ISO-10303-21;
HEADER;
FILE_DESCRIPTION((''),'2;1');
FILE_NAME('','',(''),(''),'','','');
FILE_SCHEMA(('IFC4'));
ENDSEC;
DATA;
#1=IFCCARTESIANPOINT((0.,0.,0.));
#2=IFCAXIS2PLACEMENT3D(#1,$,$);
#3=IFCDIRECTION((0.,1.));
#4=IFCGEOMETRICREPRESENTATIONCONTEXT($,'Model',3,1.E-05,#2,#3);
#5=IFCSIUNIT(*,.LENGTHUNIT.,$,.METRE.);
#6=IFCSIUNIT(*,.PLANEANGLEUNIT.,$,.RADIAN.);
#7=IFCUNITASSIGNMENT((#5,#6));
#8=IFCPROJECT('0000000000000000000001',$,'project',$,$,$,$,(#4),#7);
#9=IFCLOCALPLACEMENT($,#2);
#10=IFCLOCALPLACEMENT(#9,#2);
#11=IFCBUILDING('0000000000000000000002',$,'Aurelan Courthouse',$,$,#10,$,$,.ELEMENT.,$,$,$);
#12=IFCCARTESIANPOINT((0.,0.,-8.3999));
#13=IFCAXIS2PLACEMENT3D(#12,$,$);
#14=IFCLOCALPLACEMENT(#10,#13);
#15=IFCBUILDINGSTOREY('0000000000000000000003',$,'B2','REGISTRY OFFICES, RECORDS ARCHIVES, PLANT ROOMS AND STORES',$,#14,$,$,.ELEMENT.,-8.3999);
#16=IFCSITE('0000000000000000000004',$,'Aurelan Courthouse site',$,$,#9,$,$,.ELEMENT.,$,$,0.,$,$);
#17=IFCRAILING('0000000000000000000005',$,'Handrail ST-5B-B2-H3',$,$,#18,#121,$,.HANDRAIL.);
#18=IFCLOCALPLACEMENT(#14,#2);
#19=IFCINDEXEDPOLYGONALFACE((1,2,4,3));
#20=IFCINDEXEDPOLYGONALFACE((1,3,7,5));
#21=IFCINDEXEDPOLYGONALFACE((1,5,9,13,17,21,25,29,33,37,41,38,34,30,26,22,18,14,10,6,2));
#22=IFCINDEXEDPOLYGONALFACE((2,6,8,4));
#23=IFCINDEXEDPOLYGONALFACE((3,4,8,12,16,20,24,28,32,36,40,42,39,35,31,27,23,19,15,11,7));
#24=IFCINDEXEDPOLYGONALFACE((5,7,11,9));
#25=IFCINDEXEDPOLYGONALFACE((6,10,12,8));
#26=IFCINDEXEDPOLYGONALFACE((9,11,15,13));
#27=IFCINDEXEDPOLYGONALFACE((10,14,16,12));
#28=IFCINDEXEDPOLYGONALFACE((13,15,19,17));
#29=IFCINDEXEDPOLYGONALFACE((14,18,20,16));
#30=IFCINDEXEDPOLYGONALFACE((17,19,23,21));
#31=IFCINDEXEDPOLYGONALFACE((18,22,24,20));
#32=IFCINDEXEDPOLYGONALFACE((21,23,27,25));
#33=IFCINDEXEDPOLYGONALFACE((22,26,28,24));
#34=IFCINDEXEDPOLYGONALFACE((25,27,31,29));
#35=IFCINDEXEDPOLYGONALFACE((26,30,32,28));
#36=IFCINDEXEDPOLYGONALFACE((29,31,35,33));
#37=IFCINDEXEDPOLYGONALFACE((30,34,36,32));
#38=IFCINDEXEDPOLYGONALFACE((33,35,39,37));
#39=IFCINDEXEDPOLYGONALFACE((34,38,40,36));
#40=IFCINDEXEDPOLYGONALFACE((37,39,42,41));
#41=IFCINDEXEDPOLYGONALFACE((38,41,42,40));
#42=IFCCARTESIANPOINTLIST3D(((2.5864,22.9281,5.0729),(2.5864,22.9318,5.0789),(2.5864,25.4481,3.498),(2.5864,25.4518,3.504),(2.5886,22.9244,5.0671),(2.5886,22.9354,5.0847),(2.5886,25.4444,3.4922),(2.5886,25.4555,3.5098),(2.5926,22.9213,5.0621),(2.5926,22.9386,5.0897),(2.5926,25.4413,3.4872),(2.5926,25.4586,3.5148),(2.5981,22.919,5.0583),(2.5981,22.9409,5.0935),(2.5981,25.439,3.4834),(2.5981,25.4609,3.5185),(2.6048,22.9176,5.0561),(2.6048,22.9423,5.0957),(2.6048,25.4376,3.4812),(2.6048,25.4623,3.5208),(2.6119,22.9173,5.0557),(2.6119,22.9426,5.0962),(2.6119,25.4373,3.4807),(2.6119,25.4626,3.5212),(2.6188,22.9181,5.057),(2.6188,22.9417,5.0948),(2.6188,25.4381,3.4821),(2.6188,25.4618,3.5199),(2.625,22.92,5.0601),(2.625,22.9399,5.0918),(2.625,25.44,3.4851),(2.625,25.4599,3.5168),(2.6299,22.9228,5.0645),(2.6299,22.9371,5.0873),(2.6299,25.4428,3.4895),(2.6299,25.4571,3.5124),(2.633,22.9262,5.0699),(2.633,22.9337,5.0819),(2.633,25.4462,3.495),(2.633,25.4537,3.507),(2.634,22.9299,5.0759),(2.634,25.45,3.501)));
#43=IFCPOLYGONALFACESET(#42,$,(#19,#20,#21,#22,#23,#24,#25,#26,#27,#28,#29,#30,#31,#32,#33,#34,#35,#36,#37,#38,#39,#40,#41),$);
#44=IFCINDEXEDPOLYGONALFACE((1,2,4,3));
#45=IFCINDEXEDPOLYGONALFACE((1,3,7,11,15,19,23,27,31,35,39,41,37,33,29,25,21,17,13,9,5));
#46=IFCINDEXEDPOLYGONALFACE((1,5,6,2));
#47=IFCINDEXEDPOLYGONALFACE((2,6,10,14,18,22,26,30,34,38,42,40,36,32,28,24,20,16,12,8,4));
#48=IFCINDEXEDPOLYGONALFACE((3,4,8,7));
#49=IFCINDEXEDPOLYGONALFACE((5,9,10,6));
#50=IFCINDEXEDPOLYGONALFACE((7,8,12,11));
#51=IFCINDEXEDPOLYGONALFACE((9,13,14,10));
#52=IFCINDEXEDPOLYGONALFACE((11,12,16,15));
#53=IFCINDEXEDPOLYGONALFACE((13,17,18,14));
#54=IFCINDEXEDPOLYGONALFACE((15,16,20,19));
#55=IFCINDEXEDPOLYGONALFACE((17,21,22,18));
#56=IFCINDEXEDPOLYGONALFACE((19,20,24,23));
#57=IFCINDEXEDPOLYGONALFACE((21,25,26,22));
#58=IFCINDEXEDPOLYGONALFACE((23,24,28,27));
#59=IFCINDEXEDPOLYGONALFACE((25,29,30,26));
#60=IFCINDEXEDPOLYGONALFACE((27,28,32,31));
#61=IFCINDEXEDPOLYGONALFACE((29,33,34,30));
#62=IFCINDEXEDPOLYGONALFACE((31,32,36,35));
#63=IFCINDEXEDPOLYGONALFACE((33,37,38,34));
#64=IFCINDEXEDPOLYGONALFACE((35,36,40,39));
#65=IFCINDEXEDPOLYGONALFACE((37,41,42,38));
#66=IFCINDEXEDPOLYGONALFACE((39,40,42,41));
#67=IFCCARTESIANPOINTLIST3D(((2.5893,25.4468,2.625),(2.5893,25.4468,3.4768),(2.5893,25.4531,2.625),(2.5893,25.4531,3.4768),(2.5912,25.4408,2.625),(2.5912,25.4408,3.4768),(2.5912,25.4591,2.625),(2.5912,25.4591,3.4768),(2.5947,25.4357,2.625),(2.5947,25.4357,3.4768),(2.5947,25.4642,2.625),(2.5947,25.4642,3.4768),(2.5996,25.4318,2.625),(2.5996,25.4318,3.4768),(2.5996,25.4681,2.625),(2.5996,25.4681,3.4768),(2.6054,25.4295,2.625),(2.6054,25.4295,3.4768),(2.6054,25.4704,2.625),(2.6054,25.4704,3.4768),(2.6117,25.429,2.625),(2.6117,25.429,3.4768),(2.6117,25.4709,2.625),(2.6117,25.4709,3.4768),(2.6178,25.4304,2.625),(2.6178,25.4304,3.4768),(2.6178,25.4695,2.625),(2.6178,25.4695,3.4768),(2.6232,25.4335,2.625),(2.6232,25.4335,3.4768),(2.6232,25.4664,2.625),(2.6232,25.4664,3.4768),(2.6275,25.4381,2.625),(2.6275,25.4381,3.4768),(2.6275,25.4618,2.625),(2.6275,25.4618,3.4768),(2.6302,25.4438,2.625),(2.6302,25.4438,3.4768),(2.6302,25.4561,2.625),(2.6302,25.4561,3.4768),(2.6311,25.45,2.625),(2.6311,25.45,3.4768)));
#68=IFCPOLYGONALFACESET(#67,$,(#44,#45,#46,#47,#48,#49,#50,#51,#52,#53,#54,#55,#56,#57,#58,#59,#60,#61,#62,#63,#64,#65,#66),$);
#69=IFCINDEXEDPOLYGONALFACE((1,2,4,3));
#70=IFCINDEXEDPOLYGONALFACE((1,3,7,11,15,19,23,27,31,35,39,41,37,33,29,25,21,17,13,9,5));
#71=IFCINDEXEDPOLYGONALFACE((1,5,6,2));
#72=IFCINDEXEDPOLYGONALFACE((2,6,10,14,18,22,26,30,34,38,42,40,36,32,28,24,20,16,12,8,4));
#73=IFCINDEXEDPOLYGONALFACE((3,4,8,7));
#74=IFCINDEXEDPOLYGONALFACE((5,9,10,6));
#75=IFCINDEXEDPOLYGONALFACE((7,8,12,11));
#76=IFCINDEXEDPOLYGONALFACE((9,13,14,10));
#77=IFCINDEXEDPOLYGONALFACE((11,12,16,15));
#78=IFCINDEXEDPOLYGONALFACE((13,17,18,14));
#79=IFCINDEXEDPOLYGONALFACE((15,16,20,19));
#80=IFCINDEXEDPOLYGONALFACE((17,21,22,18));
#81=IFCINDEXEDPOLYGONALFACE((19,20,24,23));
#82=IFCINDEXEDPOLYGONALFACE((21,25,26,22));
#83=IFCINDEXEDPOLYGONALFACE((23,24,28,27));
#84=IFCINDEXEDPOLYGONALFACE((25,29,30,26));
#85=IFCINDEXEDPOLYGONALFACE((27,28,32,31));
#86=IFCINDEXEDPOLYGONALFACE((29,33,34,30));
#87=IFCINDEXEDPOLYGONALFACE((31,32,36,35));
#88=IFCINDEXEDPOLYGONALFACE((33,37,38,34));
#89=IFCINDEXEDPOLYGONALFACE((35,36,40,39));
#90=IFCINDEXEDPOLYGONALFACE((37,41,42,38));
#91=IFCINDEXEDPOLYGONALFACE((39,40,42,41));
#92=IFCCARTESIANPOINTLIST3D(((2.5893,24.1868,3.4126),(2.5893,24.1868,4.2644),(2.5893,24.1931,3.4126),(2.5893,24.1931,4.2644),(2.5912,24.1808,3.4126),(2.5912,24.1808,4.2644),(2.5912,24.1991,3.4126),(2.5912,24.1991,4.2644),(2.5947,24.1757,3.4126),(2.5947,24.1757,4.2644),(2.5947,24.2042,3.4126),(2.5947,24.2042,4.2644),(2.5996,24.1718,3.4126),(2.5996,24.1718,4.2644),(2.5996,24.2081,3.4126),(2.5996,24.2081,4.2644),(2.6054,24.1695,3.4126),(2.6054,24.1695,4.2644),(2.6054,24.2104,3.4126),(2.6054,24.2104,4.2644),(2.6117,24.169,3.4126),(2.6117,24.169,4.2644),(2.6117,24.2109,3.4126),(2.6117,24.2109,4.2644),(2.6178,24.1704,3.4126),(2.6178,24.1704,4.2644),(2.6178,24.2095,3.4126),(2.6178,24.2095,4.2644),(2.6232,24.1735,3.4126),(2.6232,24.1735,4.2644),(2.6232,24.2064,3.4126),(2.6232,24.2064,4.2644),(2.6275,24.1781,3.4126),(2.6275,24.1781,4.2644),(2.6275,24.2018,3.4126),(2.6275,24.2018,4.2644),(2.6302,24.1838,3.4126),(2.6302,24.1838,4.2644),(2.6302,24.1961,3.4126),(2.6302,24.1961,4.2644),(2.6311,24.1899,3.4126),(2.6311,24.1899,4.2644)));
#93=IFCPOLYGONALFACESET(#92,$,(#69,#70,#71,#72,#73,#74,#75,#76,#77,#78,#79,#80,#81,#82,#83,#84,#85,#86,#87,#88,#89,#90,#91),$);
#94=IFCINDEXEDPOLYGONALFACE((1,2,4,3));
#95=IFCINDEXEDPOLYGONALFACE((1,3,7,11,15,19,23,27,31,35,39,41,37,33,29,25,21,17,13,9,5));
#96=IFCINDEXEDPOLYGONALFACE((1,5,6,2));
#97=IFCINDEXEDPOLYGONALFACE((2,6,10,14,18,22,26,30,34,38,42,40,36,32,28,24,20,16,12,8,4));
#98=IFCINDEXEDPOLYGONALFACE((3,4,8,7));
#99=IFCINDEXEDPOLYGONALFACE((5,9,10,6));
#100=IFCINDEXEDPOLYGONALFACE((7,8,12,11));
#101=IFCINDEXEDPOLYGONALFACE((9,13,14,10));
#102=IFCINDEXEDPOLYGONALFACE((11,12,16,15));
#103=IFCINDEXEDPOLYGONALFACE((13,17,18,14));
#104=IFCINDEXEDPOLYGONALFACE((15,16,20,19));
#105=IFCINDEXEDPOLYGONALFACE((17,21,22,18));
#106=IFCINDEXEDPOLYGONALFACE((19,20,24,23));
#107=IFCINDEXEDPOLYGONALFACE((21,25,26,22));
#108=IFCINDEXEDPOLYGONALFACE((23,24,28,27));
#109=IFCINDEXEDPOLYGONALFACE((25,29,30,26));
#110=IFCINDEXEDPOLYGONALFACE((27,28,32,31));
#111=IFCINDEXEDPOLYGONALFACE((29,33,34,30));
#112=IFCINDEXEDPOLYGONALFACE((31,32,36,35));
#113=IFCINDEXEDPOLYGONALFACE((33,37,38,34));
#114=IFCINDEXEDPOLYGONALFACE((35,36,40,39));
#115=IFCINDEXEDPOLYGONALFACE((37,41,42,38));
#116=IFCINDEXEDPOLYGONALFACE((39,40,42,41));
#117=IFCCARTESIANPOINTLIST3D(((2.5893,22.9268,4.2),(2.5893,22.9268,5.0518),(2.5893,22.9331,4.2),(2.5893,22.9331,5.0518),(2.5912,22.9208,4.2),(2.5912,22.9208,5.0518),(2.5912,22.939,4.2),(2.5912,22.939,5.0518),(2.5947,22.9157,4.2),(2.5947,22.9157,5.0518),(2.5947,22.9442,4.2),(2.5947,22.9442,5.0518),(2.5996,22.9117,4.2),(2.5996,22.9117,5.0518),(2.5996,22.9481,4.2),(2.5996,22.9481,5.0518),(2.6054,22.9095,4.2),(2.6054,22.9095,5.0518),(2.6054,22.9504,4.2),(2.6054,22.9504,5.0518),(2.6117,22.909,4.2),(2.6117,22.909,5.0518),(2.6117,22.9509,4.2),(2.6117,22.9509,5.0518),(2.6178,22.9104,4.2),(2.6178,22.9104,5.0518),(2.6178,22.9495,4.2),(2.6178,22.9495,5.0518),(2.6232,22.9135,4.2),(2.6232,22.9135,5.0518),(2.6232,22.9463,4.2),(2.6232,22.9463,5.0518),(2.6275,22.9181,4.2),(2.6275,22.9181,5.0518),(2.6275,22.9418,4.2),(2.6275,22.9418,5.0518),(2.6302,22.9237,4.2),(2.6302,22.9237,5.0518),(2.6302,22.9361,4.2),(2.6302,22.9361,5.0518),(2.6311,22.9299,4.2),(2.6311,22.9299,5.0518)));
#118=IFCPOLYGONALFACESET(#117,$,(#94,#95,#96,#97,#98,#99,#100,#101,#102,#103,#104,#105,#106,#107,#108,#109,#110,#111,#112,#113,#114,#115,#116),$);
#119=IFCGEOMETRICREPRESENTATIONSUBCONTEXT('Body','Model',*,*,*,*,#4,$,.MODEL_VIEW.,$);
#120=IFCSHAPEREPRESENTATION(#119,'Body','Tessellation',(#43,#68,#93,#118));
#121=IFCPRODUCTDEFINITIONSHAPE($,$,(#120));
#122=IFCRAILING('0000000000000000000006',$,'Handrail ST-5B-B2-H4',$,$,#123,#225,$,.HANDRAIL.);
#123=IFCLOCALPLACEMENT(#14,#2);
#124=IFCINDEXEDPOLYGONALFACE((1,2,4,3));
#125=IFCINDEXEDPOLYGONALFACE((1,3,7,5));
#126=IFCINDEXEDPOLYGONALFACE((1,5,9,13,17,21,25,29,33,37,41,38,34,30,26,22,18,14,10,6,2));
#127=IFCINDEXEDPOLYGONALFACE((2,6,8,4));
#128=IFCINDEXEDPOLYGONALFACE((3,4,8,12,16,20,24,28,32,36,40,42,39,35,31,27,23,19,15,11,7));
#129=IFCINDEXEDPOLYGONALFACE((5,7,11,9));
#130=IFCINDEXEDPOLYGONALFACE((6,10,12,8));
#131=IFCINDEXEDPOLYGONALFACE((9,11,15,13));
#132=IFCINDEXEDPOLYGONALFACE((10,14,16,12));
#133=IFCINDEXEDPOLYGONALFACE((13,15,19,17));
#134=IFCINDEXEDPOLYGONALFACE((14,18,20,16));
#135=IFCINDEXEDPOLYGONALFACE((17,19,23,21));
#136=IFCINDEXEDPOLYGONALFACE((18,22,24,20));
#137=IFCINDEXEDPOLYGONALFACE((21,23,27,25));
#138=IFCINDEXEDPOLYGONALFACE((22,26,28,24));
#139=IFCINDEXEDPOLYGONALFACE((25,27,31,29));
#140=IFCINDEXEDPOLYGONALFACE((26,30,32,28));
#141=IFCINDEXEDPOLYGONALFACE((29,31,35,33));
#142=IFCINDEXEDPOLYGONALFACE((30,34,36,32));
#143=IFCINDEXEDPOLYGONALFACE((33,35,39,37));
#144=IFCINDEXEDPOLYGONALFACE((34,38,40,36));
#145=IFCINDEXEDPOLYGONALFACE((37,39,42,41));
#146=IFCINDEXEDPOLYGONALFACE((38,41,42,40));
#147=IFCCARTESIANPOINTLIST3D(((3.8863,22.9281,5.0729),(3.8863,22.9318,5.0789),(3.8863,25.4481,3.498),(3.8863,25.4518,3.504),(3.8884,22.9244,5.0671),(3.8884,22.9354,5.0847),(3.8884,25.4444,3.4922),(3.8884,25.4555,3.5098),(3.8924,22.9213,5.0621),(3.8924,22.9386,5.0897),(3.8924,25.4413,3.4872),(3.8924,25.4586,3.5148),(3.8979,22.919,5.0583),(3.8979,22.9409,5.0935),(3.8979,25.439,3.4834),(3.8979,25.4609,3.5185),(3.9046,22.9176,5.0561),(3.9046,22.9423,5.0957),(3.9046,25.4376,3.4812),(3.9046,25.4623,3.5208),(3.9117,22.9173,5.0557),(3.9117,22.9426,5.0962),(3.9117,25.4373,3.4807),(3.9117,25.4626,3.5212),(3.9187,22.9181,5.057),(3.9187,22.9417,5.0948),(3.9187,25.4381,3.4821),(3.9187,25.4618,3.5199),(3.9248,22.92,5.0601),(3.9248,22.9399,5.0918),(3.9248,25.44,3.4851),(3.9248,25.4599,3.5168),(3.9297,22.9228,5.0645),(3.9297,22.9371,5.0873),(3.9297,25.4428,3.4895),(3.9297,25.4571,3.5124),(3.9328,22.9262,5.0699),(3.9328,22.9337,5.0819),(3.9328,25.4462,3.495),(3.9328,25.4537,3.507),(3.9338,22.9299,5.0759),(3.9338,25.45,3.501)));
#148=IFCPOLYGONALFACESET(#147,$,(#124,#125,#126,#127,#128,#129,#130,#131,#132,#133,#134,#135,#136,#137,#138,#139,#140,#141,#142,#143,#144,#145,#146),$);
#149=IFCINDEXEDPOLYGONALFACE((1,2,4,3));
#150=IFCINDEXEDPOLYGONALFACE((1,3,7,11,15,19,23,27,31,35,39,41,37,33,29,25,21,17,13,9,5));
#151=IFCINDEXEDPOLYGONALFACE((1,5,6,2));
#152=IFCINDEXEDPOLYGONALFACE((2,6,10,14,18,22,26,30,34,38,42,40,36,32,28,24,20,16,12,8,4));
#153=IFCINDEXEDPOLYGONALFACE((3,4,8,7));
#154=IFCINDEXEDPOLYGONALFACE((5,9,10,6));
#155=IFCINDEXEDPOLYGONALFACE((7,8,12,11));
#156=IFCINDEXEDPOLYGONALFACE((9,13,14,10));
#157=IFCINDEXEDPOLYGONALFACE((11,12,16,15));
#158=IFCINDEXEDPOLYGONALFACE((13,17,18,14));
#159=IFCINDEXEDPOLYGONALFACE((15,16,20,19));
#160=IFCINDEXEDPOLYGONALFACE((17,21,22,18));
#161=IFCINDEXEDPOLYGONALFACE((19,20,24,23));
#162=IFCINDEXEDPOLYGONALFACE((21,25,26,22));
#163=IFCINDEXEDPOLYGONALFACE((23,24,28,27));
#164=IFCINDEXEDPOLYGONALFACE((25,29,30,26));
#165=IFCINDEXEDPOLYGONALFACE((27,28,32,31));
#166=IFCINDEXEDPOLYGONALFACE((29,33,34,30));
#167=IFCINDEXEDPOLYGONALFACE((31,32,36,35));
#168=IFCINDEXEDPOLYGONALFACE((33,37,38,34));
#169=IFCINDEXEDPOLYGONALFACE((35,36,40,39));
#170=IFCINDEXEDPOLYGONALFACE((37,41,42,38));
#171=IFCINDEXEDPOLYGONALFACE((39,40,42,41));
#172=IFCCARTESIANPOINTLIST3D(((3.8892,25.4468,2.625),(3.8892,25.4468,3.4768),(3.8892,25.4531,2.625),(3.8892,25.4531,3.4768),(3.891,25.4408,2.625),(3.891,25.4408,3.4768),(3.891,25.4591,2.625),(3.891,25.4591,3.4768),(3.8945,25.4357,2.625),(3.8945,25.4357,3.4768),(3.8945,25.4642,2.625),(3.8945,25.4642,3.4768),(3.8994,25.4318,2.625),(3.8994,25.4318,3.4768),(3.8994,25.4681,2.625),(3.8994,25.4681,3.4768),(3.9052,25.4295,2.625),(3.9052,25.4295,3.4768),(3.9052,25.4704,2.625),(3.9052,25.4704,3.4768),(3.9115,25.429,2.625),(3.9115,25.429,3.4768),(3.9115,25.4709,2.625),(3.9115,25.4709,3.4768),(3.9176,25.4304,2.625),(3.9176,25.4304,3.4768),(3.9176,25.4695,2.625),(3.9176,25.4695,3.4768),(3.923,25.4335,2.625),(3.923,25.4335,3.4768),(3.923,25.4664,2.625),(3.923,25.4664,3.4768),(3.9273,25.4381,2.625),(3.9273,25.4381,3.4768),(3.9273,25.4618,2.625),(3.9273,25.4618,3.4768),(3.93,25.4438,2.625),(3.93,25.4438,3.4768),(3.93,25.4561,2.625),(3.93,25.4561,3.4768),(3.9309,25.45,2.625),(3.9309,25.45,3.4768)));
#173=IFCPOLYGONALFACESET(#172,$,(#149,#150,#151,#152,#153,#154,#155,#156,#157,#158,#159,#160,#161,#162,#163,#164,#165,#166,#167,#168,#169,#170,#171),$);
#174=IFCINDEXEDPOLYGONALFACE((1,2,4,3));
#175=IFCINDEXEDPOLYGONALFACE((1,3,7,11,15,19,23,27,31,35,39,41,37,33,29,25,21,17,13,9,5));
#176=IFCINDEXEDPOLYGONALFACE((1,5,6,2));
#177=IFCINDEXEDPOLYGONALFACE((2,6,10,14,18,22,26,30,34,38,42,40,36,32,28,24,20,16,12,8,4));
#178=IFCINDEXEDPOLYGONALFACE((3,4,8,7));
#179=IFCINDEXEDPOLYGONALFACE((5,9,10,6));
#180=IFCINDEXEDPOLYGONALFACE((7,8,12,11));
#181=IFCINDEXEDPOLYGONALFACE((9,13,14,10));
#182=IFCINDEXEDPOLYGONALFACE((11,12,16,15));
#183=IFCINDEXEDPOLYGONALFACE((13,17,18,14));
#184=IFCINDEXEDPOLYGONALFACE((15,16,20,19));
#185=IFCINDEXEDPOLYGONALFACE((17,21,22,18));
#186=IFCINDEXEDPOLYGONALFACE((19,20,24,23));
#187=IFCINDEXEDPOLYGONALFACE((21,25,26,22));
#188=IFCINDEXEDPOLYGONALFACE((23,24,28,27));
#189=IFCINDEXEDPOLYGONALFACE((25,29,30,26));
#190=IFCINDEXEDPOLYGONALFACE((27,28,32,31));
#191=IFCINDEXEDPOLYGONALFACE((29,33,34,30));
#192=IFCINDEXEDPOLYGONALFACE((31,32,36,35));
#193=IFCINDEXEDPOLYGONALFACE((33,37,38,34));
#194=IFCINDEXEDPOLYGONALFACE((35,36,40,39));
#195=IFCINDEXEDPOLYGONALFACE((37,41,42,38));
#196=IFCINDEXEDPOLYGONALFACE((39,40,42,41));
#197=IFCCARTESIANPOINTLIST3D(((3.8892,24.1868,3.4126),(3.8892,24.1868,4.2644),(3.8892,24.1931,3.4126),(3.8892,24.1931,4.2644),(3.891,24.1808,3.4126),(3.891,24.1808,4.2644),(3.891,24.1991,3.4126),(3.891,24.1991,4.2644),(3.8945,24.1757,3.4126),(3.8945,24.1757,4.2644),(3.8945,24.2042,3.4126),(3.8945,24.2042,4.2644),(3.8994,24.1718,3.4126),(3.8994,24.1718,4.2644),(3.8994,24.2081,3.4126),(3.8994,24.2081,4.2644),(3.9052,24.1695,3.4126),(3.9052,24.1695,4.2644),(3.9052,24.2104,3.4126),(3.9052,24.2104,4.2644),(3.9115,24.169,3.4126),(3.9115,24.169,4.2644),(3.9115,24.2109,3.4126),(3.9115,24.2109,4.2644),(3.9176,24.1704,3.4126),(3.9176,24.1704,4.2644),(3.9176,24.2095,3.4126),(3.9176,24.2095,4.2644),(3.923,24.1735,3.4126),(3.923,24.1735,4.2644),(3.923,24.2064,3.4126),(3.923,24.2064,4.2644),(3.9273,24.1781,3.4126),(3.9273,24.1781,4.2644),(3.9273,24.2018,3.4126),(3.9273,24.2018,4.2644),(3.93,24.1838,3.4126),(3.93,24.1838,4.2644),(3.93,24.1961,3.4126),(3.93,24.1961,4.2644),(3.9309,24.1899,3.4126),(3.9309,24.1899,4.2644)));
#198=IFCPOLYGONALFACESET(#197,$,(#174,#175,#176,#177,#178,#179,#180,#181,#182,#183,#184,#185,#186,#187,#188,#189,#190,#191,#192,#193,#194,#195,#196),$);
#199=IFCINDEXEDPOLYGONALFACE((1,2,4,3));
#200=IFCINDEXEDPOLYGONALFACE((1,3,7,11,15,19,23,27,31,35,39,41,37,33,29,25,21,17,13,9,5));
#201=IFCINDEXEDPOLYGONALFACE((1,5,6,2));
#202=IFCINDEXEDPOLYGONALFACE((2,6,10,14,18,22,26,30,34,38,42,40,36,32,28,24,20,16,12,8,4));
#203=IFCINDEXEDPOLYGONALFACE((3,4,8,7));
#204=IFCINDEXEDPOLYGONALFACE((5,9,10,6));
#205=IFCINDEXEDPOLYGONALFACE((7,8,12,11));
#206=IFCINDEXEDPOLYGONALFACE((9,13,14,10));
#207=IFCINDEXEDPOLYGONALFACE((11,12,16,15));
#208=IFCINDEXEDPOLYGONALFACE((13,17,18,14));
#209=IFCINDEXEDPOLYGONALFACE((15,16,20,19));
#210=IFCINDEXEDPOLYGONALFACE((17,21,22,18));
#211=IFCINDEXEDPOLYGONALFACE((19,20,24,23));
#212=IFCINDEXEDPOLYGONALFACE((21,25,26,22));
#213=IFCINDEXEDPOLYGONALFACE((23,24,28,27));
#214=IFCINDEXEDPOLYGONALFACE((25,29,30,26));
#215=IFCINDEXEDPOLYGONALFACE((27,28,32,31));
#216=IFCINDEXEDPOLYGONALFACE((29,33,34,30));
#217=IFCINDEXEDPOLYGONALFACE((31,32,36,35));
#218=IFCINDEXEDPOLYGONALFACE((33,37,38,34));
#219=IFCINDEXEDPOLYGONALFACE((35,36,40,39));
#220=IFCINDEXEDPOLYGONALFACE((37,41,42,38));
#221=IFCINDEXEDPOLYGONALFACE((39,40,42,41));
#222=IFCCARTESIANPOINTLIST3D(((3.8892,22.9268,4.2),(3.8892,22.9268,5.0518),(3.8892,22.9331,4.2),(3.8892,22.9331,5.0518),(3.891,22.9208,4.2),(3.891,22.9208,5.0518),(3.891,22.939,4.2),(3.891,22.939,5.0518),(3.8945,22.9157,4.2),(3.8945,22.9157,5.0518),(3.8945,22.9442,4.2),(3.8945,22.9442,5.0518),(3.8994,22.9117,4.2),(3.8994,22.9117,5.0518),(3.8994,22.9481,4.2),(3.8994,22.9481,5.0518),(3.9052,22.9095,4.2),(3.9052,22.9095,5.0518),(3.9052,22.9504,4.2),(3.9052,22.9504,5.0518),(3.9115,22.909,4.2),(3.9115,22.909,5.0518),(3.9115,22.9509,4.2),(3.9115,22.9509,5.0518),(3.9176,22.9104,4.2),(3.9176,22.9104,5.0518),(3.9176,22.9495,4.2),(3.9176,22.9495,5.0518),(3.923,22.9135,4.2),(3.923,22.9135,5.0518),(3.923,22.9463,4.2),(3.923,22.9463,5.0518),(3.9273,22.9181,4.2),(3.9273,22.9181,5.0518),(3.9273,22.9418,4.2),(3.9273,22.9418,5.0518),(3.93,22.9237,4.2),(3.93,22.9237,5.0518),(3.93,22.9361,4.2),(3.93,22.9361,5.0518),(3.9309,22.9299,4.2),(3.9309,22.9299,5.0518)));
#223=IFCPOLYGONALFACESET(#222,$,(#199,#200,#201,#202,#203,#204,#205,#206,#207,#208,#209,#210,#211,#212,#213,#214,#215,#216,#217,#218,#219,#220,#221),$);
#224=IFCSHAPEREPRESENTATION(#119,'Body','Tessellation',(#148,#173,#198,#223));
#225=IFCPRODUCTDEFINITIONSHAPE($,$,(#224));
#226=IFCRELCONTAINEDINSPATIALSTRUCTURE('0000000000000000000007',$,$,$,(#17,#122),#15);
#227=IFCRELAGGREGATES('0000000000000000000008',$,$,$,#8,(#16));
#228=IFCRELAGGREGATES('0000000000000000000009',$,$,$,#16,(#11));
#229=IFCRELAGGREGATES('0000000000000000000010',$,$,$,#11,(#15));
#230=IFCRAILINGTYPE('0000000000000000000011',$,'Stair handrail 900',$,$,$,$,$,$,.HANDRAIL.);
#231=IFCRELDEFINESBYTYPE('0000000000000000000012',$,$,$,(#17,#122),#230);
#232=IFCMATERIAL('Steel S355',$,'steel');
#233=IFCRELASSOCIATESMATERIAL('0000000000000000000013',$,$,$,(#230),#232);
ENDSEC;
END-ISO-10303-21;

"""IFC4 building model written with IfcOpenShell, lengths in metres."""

from ifc_helpers import new_model, si_unit, direction, frame, origin, origin_2d, place, context, subcontext, project, spatial, circle, extrude, material, type_object, element, save


model = new_model("IFC4")

# Units and contexts
model_context = context("Model", 3, precision=1e-05, world=origin(), true_north=direction((0.0, 1.0)))
body_context = subcontext(model_context, "Body", "Model", "MODEL_VIEW")
ifc_project = project(units=[si_unit("LENGTHUNIT", "METRE"), si_unit("PLANEANGLEUNIT", "RADIAN")], contexts=[model_context])

# Site, building, storey
site_placement = place(None, origin())
site = spatial("IfcSite", under=ifc_project, at=site_placement, Name="Aurelan Courthouse site", CompositionType="ELEMENT", RefElevation=0.0)
building_placement = place(site_placement, origin())
building = spatial("IfcBuilding", under=site, at=building_placement, Name="Aurelan Courthouse", CompositionType="ELEMENT")
storey_placement = place(building_placement, frame((0.0, 0.0, -8.3999)))
storey = spatial("IfcBuildingStorey", under=building, at=storey_placement, Name="B2", Description="REGISTRY OFFICES, RECORDS ARCHIVES, PLANT ROOMS AND STORES", CompositionType="ELEMENT", Elevation=-8.3999)

# Railings
ifc_material_1 = material(Name="Steel S355", Category="steel")
railing_type_1 = type_object("IfcRailingType", Name="Stair handrail 900", PredefinedType="HANDRAIL", material=ifc_material_1)
for number, where, name in (
    (1, (2.6101, 25.45, 2.625), "Handrail ST-5B-B2-H3"),
    (2, (3.9099, 25.45, 2.625), "Handrail ST-5B-B2-H4"),
):
    element("IfcRailing", number, at=place(storey_placement, frame(where)), inside=storey, type_object=railing_type_1, Name=name, PredefinedType="HANDRAIL", context=body_context, shape_type="SweptSolid", body=[
        extrude(circle(Radius=0.0239, at=origin_2d()), frame((0.0, 0.0, 0.876), z_axis=(0.0, -0.848008, 0.529984), x_axis=(1.0, 0.0, 0.0)), (0.0, 0.0, 1.0), 2.9717),
        extrude(circle(Radius=0.021, at=origin_2d()), origin(), (0.0, 0.0, 1.0), 0.8518),
        extrude(circle(Radius=0.021, at=origin_2d()), frame((0.0, -1.26, 0.7876)), (0.0, 0.0, 1.0), 0.8518),
        extrude(circle(Radius=0.021, at=origin_2d()), frame((0.0, -2.52, 1.575)), (0.0, 0.0, 1.0), 0.8518),
    ])

save(model, "model.ifc")
